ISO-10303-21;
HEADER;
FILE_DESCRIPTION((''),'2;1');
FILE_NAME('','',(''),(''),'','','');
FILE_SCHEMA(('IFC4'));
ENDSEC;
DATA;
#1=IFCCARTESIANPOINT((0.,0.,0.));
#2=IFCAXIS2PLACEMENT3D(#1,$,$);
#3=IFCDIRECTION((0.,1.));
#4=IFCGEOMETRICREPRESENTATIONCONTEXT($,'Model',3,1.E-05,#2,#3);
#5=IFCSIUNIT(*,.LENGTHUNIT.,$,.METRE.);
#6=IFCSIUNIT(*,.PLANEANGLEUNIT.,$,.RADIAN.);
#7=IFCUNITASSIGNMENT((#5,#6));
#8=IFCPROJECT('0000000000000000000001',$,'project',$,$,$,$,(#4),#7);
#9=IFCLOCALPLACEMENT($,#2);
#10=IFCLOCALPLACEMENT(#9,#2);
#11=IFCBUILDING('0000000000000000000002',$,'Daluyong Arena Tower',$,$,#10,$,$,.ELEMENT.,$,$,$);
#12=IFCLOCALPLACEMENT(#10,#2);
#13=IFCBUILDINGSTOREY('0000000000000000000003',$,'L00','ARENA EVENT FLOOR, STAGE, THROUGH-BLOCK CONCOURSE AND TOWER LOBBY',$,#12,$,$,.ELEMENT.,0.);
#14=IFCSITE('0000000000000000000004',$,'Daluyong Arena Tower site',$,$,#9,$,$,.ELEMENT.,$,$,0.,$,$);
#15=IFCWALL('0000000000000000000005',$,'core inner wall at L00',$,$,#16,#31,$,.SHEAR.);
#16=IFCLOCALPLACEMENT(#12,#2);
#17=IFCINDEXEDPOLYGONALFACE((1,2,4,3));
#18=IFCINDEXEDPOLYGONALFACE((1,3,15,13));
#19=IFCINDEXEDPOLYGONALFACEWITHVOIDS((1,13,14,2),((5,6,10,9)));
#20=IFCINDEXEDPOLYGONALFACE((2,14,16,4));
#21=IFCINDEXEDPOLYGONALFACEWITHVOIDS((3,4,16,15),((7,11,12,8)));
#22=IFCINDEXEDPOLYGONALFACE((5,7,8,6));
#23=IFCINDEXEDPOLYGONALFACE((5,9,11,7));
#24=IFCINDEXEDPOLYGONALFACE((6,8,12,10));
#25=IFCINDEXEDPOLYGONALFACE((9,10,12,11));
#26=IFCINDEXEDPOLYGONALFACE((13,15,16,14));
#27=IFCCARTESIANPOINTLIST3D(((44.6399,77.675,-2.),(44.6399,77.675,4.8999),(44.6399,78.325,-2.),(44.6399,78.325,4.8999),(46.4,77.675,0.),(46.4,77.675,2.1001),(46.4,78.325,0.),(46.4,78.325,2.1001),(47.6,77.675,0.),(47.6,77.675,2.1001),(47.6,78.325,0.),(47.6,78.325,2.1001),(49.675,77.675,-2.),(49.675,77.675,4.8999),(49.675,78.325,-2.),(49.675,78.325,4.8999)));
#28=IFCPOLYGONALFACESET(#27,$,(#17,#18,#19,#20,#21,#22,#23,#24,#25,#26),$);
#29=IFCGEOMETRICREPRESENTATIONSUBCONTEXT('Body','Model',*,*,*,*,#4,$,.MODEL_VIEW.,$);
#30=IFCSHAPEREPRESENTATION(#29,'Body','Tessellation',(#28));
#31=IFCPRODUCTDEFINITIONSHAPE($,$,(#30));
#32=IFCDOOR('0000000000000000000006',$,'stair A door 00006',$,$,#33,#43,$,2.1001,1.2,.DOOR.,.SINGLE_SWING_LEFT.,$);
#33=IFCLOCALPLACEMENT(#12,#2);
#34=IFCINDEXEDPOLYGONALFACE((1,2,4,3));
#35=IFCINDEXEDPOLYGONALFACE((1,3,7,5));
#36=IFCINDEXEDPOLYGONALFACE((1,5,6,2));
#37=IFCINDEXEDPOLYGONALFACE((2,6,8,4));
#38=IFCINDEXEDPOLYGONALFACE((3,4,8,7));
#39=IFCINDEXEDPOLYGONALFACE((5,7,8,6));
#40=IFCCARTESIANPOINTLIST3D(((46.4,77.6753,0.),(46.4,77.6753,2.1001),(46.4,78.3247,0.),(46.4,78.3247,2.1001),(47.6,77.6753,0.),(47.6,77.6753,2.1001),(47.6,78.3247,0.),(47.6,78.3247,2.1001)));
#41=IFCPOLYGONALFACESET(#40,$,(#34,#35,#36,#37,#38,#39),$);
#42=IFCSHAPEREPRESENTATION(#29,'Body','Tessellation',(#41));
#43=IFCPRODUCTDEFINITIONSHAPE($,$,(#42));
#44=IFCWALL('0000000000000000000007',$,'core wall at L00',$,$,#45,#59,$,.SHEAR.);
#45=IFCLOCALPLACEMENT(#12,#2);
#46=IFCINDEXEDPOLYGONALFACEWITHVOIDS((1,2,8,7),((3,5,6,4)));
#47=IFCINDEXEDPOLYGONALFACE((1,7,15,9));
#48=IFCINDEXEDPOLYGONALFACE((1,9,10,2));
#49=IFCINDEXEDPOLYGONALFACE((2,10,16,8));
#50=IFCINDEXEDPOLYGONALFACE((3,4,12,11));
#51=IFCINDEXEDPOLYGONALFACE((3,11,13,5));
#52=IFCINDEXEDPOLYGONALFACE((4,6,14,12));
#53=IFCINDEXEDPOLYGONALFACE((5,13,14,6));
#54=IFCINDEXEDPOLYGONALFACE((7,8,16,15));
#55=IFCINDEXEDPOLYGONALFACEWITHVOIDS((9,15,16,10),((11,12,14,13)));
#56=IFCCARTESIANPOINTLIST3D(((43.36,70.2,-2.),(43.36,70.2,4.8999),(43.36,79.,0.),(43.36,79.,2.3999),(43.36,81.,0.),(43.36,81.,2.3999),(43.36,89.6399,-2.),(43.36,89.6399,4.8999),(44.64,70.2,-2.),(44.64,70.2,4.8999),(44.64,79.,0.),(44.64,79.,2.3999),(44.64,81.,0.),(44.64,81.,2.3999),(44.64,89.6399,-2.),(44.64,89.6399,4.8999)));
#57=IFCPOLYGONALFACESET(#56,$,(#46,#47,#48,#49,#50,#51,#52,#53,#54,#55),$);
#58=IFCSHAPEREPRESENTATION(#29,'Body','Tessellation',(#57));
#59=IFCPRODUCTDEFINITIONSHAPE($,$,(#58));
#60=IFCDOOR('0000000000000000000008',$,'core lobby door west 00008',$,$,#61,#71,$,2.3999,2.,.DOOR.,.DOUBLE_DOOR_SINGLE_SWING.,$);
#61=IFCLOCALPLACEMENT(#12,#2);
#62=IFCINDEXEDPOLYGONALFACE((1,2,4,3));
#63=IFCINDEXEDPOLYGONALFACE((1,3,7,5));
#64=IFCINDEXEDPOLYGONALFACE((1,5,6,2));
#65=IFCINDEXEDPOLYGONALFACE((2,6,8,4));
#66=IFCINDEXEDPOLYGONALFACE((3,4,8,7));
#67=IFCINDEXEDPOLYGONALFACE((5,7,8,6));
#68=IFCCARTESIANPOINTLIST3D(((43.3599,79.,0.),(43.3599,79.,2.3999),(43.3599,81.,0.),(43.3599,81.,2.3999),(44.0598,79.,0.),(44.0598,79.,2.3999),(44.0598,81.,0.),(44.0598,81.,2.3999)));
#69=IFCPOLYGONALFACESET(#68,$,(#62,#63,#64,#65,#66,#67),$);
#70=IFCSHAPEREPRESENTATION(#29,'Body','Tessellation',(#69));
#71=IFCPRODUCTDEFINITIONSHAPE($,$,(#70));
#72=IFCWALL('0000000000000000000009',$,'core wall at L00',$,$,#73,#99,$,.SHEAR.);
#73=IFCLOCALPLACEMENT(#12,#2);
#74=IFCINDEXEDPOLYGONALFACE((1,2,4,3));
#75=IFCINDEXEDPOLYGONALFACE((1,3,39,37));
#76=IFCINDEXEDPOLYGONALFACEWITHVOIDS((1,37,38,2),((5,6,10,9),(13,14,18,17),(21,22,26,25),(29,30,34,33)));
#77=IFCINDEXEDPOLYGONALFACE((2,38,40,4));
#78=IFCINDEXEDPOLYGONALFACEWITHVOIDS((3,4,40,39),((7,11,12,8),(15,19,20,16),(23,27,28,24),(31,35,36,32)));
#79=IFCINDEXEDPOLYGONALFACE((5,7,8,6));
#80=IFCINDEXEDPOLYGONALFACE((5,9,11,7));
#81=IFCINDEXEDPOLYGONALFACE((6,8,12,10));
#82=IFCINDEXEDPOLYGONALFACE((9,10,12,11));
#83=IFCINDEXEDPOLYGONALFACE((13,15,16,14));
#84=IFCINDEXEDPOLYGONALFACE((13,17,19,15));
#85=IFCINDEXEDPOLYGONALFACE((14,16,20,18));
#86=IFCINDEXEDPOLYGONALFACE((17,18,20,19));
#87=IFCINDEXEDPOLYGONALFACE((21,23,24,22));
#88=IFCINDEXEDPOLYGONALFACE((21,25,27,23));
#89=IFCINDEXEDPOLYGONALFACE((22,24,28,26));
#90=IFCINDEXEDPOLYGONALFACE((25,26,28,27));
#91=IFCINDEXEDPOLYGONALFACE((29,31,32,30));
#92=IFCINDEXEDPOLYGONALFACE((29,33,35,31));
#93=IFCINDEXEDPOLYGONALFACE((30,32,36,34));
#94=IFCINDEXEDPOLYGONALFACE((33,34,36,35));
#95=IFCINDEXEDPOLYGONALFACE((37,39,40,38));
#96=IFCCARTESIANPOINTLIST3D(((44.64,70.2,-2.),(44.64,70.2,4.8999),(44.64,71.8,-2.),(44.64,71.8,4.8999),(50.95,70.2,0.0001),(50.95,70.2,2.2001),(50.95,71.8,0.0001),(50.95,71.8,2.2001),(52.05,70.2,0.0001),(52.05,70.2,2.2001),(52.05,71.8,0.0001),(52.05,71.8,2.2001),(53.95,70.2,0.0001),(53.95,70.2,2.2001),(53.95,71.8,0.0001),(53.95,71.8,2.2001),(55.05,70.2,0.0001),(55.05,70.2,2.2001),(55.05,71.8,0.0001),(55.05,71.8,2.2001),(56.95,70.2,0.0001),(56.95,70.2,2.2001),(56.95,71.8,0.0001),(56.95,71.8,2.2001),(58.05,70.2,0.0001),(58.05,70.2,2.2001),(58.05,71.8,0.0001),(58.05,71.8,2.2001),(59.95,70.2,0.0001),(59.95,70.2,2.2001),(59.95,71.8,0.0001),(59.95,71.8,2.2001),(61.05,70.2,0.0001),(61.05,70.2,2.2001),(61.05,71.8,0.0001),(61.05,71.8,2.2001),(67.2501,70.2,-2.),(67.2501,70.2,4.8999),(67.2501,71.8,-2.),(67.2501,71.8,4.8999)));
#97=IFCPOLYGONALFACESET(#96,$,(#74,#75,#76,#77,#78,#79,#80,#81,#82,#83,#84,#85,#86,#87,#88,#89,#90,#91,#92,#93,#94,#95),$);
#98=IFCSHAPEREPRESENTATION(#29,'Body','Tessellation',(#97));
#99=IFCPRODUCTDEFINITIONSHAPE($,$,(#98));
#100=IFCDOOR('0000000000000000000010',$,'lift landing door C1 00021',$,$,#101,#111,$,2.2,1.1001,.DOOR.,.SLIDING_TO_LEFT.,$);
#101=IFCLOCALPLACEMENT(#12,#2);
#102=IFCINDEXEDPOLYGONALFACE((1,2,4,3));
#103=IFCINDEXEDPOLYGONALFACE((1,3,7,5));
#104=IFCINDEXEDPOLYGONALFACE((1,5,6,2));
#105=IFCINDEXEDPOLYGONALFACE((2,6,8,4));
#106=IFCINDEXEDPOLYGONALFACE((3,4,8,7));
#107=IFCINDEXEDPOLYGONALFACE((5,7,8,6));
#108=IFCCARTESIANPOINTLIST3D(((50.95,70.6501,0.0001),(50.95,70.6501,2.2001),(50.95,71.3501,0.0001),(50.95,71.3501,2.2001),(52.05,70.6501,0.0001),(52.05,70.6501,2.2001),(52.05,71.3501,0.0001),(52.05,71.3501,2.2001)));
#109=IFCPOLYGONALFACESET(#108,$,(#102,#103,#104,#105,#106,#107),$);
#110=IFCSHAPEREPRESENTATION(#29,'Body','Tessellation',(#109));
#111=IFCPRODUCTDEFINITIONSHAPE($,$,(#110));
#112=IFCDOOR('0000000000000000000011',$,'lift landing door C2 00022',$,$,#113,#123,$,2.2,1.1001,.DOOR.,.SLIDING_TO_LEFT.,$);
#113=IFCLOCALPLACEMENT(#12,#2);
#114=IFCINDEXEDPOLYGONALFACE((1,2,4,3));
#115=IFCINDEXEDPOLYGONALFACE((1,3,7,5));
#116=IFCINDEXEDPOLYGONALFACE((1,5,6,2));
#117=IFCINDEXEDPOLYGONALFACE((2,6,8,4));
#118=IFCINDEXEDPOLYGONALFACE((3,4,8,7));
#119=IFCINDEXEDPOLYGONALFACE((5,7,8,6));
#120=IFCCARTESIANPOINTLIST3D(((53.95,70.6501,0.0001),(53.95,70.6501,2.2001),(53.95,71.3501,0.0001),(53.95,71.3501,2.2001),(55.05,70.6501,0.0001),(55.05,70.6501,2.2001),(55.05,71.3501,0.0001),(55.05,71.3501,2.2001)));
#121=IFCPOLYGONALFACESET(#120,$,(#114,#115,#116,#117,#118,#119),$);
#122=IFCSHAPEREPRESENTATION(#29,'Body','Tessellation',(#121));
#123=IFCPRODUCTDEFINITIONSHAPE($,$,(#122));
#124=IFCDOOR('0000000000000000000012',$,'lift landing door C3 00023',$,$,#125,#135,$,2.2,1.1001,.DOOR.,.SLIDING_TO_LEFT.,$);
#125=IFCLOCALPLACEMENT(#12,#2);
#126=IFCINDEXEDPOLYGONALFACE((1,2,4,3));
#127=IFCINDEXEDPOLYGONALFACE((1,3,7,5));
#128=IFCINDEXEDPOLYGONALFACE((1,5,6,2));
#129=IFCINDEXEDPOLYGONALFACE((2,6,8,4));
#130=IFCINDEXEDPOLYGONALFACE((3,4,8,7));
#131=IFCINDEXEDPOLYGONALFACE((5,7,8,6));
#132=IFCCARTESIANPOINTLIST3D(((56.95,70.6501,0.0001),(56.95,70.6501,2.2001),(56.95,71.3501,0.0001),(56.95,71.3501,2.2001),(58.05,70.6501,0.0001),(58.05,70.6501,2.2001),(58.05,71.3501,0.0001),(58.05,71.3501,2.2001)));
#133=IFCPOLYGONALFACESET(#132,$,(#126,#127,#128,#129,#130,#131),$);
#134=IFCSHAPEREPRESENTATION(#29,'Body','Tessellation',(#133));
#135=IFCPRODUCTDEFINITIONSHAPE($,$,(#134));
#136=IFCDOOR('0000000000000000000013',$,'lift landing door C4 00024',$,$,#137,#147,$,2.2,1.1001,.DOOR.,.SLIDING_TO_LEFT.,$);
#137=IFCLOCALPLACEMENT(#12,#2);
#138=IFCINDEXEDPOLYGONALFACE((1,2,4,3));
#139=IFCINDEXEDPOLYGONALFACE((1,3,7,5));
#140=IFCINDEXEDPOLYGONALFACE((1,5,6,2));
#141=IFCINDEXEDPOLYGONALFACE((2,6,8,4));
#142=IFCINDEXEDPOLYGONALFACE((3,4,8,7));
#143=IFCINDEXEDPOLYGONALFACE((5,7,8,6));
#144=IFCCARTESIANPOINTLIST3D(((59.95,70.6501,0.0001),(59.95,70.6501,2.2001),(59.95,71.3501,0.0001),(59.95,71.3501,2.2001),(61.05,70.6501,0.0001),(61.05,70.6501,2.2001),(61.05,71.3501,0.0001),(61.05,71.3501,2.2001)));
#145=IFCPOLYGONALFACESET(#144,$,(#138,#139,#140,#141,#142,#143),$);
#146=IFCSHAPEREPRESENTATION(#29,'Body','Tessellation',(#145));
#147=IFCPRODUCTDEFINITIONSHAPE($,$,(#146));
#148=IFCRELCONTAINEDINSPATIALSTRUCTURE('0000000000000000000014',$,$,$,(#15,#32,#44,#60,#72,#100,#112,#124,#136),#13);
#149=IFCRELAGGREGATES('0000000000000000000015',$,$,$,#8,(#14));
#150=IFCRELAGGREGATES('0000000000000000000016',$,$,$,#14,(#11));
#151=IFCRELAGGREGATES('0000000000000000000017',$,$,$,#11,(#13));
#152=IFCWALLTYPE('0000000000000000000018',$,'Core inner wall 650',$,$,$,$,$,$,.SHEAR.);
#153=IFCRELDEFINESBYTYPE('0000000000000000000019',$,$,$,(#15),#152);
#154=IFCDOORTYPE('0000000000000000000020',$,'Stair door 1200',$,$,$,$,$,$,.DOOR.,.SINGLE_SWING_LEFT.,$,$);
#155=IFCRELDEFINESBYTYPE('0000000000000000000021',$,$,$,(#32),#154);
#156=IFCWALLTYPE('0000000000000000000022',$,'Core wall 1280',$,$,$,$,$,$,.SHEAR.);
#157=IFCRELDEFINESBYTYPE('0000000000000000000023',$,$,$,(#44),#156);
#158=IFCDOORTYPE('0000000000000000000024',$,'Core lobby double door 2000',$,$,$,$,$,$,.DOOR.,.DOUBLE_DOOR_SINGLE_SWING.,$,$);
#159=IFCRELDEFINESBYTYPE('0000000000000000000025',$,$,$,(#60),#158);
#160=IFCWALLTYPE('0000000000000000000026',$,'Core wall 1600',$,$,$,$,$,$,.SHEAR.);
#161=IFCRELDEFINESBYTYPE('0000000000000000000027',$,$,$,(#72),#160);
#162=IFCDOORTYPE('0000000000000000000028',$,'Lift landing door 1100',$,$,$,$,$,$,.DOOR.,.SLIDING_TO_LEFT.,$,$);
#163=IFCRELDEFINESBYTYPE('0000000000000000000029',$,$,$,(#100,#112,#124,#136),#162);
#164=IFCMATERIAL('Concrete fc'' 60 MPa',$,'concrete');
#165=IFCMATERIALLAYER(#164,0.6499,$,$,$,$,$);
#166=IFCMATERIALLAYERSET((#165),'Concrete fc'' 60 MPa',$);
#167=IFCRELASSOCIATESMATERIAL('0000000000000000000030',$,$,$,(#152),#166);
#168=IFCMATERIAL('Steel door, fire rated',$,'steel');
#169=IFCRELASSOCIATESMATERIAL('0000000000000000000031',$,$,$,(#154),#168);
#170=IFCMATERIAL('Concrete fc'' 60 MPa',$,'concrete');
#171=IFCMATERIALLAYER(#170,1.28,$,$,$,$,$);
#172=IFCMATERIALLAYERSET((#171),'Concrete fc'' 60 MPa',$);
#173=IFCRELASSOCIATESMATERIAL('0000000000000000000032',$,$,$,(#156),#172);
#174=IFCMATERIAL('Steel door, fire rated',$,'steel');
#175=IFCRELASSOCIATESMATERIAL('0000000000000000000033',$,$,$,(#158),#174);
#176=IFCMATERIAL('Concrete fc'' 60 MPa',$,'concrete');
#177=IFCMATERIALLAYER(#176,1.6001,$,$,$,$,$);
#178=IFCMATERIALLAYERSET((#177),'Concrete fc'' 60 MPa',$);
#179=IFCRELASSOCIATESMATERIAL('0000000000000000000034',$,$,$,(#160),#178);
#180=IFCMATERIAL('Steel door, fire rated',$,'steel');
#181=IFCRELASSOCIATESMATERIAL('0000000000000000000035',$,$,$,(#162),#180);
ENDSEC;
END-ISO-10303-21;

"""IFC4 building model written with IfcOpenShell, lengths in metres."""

from ifc_helpers import new_model, si_unit, direction, frame, frame_2d, origin, place, context, subcontext, project, spatial, rectangle, extrude, material, layer, layer_set, type_object, element, fill, save


model = new_model("IFC4")

# Units and contexts
model_context = context("Model", 3, precision=1e-05, world=origin(), true_north=direction((0.0, 1.0)))
body_context = subcontext(model_context, "Body", "Model", "MODEL_VIEW")
ifc_project = project(units=[si_unit("LENGTHUNIT", "METRE"), si_unit("PLANEANGLEUNIT", "RADIAN")], contexts=[model_context])

# Site, building, storey
site_placement = place(None, origin())
site = spatial("IfcSite", under=ifc_project, at=site_placement, Name="Daluyong Arena Tower site", CompositionType="ELEMENT", RefElevation=0.0)
building_placement = place(site_placement, origin())
building = spatial("IfcBuilding", under=site, at=building_placement, Name="Daluyong Arena Tower", CompositionType="ELEMENT")
storey_placement = place(building_placement, origin())
storey = spatial("IfcBuildingStorey", under=building, at=storey_placement, Name="L00", Description="ARENA EVENT FLOOR, STAGE, THROUGH-BLOCK CONCOURSE AND TOWER LOBBY", CompositionType="ELEMENT", Elevation=0.0)

# Walls, openings, doors
ifc_material_1 = material(Name="Concrete fc' 60 MPa", Category="concrete")
ifc_layer_1 = layer(ifc_material_1, 0.6499)
ifc_layer_set_1 = layer_set([ifc_layer_1], Name="Concrete fc' 60 MPa")
wall_type_1 = type_object("IfcWallType", Name="Core inner wall 650", PredefinedType="SHEAR", material=ifc_layer_set_1)
wall_1_placement = place(storey_placement, frame((44.6399, 78.0, -2.0), z_axis=(0.0, 0.0, 1.0), x_axis=(1.0, 0.0, 0.0)))
wall_1 = element("IfcWall", 1, at=wall_1_placement, inside=storey, type_object=wall_type_1, Name="core inner wall at L00", PredefinedType="SHEAR", context=body_context, shape_type="SweptSolid", body=[
    extrude(rectangle(XDim=5.0352, YDim=0.6499, at=frame_2d((2.5176, 0.0))), origin(), (0.0, 0.0, 1.0), 6.8999),
])
opening_1_placement = place(wall_1_placement, frame((1.76, 0.0, 2.0)))
opening_1 = element("IfcOpeningElement", 2, at=opening_1_placement, cuts=wall_1, PredefinedType="OPENING", context=body_context, shape_type="SweptSolid", body=[
    extrude(rectangle(XDim=1.2, YDim=2.1001, at=frame_2d((0.6001, 1.05))), frame((0.0, 0.335, 0.0), z_axis=(0.0, -1.0, 0.0), x_axis=(1.0, 0.0, 0.0)), (0.0, 0.0, 1.0), 0.6699),
])
ifc_material_2 = material(Name="Steel door, fire rated", Category="steel")
door_type_1 = type_object("IfcDoorType", Name="Stair door 1200", OperationType="SINGLE_SWING_LEFT", PredefinedType="DOOR", material=ifc_material_2)
door_1_placement = place(opening_1_placement, origin())
door_1 = element("IfcDoor", 3, at=door_1_placement, inside=storey, type_object=door_type_1, Name="stair A door 00006", OperationType="SINGLE_SWING_LEFT", OverallHeight=2.1001, OverallWidth=1.2, PredefinedType="DOOR", context=body_context, shape_type="SweptSolid", body=[
    extrude(rectangle(XDim=1.2, YDim=2.1001, at=frame_2d((0.6001, 1.05))), frame((0.0, 0.3247, 0.0), z_axis=(0.0, -1.0, 0.0), x_axis=(1.0, 0.0, 0.0)), (0.0, 0.0, 1.0), 0.6494),
])
fill(opening_1, door_1)
ifc_material_3 = material(Name="Concrete fc' 60 MPa", Category="concrete")
ifc_layer_2 = layer(ifc_material_3, 1.28)
ifc_layer_set_2 = layer_set([ifc_layer_2], Name="Concrete fc' 60 MPa")
wall_type_2 = type_object("IfcWallType", Name="Core wall 1280", PredefinedType="SHEAR", material=ifc_layer_set_2)
wall_2_placement = place(storey_placement, frame((44.0, 70.2, -2.0), z_axis=(0.0, 0.0, 1.0), x_axis=(0.0, 1.0, 0.0)))
wall_2 = element("IfcWall", 4, at=wall_2_placement, inside=storey, type_object=wall_type_2, Name="core wall at L00", PredefinedType="SHEAR", context=body_context, shape_type="SweptSolid", body=[
    extrude(rectangle(XDim=19.4399, YDim=1.28, at=frame_2d((9.72, 0.0))), origin(), (0.0, 0.0, 1.0), 6.8999),
])
opening_2_placement = place(wall_2_placement, frame((8.8, 0.0, 2.0)))
opening_2 = element("IfcOpeningElement", 5, at=opening_2_placement, cuts=wall_2, PredefinedType="OPENING", context=body_context, shape_type="SweptSolid", body=[
    extrude(rectangle(XDim=2.0, YDim=2.3999, at=frame_2d((1.0, 1.2))), frame((0.0, 0.6499, 0.0), z_axis=(0.0, -1.0, 0.0), x_axis=(1.0, 0.0, 0.0)), (0.0, 0.0, 1.0), 1.3),
])
ifc_material_4 = material(Name="Steel door, fire rated", Category="steel")
door_type_2 = type_object("IfcDoorType", Name="Core lobby double door 2000", OperationType="DOUBLE_DOOR_SINGLE_SWING", PredefinedType="DOOR", material=ifc_material_4)
door_2_placement = place(opening_2_placement, origin())
door_2 = element("IfcDoor", 6, at=door_2_placement, inside=storey, type_object=door_type_2, Name="core lobby door west 00008", OperationType="DOUBLE_DOOR_SINGLE_SWING", OverallHeight=2.3999, OverallWidth=2.0, PredefinedType="DOOR", context=body_context, shape_type="SweptSolid", body=[
    extrude(rectangle(XDim=2.0, YDim=2.3999, at=frame_2d((1.0, 1.2))), frame((0.0, 0.6401, 0.0), z_axis=(0.0, -1.0, 0.0), x_axis=(1.0, 0.0, 0.0)), (0.0, 0.0, 1.0), 0.7),
])
fill(opening_2, door_2)

# Wall, openings, doors
ifc_material_5 = material(Name="Concrete fc' 60 MPa", Category="concrete")
ifc_layer_3 = layer(ifc_material_5, 1.6001)
ifc_layer_set_3 = layer_set([ifc_layer_3], Name="Concrete fc' 60 MPa")
wall_type_3 = type_object("IfcWallType", Name="Core wall 1600", PredefinedType="SHEAR", material=ifc_layer_set_3)
wall_3_placement = place(storey_placement, frame((44.6399, 71.0, -2.0), z_axis=(0.0, 0.0, 1.0), x_axis=(1.0, 0.0, 0.0)))
wall_3 = element("IfcWall", 7, at=wall_3_placement, inside=storey, type_object=wall_type_3, Name="core wall at L00", PredefinedType="SHEAR", context=body_context, shape_type="SweptSolid", body=[
    extrude(rectangle(XDim=22.6101, YDim=1.6001, at=frame_2d((11.3052, 0.0))), origin(), (0.0, 0.0, 1.0), 6.8999),
])
opening_3_placement = place(wall_3_placement, frame((6.3101, 0.0, 2.0)))
opening_3 = element("IfcOpeningElement", 8, at=opening_3_placement, cuts=wall_3, PredefinedType="OPENING", context=body_context, shape_type="SweptSolid", body=[
    extrude(rectangle(XDim=1.1001, YDim=2.2, at=frame_2d((0.55, 1.1001))), frame((0.0, 0.8101, 0.0), z_axis=(0.0, -1.0, 0.0), x_axis=(1.0, 0.0, 0.0)), (0.0, 0.0, 1.0), 1.6201),
])
opening_4_placement = place(wall_3_placement, frame((9.3101, 0.0, 2.0)))
opening_4 = element("IfcOpeningElement", 9, at=opening_4_placement, cuts=wall_3, PredefinedType="OPENING", context=body_context, shape_type="SweptSolid", body=[
    extrude(rectangle(XDim=1.1001, YDim=2.2, at=frame_2d((0.55, 1.1001))), frame((0.0, 0.8101, 0.0), z_axis=(0.0, -1.0, 0.0), x_axis=(1.0, 0.0, 0.0)), (0.0, 0.0, 1.0), 1.6201),
])
opening_5_placement = place(wall_3_placement, frame((12.3101, 0.0, 2.0)))
opening_5 = element("IfcOpeningElement", 10, at=opening_5_placement, cuts=wall_3, PredefinedType="OPENING", context=body_context, shape_type="SweptSolid", body=[
    extrude(rectangle(XDim=1.1001, YDim=2.2, at=frame_2d((0.55, 1.1001))), frame((0.0, 0.8101, 0.0), z_axis=(0.0, -1.0, 0.0), x_axis=(1.0, 0.0, 0.0)), (0.0, 0.0, 1.0), 1.6201),
])
opening_6_placement = place(wall_3_placement, frame((15.3101, 0.0, 2.0)))
opening_6 = element("IfcOpeningElement", 11, at=opening_6_placement, cuts=wall_3, PredefinedType="OPENING", context=body_context, shape_type="SweptSolid", body=[
    extrude(rectangle(XDim=1.1001, YDim=2.2, at=frame_2d((0.55, 1.1001))), frame((0.0, 0.8101, 0.0), z_axis=(0.0, -1.0, 0.0), x_axis=(1.0, 0.0, 0.0)), (0.0, 0.0, 1.0), 1.6201),
])
ifc_material_6 = material(Name="Steel door, fire rated", Category="steel")
door_type_3 = type_object("IfcDoorType", Name="Lift landing door 1100", OperationType="SLIDING_TO_LEFT", PredefinedType="DOOR", material=ifc_material_6)
door_3_placement = place(opening_3_placement, origin())
door_3 = element("IfcDoor", 12, at=door_3_placement, inside=storey, type_object=door_type_3, Name="lift landing door C1 00021", OperationType="SLIDING_TO_LEFT", OverallHeight=2.2, OverallWidth=1.1001, PredefinedType="DOOR", context=body_context, shape_type="SweptSolid", body=[
    extrude(rectangle(XDim=1.1001, YDim=2.2, at=frame_2d((0.55, 1.1001))), frame((0.0, 0.3501, 0.0), z_axis=(0.0, -1.0, 0.0), x_axis=(1.0, 0.0, 0.0)), (0.0, 0.0, 1.0), 0.7),
])
fill(opening_3, door_3)
door_4_placement = place(opening_4_placement, origin())
door_4 = element("IfcDoor", 13, at=door_4_placement, inside=storey, type_object=door_type_3, Name="lift landing door C2 00022", OperationType="SLIDING_TO_LEFT", OverallHeight=2.2, OverallWidth=1.1001, PredefinedType="DOOR", context=body_context, shape_type="SweptSolid", body=[
    extrude(rectangle(XDim=1.1001, YDim=2.2, at=frame_2d((0.55, 1.1001))), frame((0.0, 0.3501, 0.0), z_axis=(0.0, -1.0, 0.0), x_axis=(1.0, 0.0, 0.0)), (0.0, 0.0, 1.0), 0.7),
])
fill(opening_4, door_4)
door_5_placement = place(opening_5_placement, origin())
door_5 = element("IfcDoor", 14, at=door_5_placement, inside=storey, type_object=door_type_3, Name="lift landing door C3 00023", OperationType="SLIDING_TO_LEFT", OverallHeight=2.2, OverallWidth=1.1001, PredefinedType="DOOR", context=body_context, shape_type="SweptSolid", body=[
    extrude(rectangle(XDim=1.1001, YDim=2.2, at=frame_2d((0.55, 1.1001))), frame((0.0, 0.3501, 0.0), z_axis=(0.0, -1.0, 0.0), x_axis=(1.0, 0.0, 0.0)), (0.0, 0.0, 1.0), 0.7),
])
fill(opening_5, door_5)
door_6_placement = place(opening_6_placement, origin())
door_6 = element("IfcDoor", 15, at=door_6_placement, inside=storey, type_object=door_type_3, Name="lift landing door C4 00024", OperationType="SLIDING_TO_LEFT", OverallHeight=2.2, OverallWidth=1.1001, PredefinedType="DOOR", context=body_context, shape_type="SweptSolid", body=[
    extrude(rectangle(XDim=1.1001, YDim=2.2, at=frame_2d((0.55, 1.1001))), frame((0.0, 0.3501, 0.0), z_axis=(0.0, -1.0, 0.0), x_axis=(1.0, 0.0, 0.0)), (0.0, 0.0, 1.0), 0.7),
])
fill(opening_6, door_6)

save(model, "model.ifc")
